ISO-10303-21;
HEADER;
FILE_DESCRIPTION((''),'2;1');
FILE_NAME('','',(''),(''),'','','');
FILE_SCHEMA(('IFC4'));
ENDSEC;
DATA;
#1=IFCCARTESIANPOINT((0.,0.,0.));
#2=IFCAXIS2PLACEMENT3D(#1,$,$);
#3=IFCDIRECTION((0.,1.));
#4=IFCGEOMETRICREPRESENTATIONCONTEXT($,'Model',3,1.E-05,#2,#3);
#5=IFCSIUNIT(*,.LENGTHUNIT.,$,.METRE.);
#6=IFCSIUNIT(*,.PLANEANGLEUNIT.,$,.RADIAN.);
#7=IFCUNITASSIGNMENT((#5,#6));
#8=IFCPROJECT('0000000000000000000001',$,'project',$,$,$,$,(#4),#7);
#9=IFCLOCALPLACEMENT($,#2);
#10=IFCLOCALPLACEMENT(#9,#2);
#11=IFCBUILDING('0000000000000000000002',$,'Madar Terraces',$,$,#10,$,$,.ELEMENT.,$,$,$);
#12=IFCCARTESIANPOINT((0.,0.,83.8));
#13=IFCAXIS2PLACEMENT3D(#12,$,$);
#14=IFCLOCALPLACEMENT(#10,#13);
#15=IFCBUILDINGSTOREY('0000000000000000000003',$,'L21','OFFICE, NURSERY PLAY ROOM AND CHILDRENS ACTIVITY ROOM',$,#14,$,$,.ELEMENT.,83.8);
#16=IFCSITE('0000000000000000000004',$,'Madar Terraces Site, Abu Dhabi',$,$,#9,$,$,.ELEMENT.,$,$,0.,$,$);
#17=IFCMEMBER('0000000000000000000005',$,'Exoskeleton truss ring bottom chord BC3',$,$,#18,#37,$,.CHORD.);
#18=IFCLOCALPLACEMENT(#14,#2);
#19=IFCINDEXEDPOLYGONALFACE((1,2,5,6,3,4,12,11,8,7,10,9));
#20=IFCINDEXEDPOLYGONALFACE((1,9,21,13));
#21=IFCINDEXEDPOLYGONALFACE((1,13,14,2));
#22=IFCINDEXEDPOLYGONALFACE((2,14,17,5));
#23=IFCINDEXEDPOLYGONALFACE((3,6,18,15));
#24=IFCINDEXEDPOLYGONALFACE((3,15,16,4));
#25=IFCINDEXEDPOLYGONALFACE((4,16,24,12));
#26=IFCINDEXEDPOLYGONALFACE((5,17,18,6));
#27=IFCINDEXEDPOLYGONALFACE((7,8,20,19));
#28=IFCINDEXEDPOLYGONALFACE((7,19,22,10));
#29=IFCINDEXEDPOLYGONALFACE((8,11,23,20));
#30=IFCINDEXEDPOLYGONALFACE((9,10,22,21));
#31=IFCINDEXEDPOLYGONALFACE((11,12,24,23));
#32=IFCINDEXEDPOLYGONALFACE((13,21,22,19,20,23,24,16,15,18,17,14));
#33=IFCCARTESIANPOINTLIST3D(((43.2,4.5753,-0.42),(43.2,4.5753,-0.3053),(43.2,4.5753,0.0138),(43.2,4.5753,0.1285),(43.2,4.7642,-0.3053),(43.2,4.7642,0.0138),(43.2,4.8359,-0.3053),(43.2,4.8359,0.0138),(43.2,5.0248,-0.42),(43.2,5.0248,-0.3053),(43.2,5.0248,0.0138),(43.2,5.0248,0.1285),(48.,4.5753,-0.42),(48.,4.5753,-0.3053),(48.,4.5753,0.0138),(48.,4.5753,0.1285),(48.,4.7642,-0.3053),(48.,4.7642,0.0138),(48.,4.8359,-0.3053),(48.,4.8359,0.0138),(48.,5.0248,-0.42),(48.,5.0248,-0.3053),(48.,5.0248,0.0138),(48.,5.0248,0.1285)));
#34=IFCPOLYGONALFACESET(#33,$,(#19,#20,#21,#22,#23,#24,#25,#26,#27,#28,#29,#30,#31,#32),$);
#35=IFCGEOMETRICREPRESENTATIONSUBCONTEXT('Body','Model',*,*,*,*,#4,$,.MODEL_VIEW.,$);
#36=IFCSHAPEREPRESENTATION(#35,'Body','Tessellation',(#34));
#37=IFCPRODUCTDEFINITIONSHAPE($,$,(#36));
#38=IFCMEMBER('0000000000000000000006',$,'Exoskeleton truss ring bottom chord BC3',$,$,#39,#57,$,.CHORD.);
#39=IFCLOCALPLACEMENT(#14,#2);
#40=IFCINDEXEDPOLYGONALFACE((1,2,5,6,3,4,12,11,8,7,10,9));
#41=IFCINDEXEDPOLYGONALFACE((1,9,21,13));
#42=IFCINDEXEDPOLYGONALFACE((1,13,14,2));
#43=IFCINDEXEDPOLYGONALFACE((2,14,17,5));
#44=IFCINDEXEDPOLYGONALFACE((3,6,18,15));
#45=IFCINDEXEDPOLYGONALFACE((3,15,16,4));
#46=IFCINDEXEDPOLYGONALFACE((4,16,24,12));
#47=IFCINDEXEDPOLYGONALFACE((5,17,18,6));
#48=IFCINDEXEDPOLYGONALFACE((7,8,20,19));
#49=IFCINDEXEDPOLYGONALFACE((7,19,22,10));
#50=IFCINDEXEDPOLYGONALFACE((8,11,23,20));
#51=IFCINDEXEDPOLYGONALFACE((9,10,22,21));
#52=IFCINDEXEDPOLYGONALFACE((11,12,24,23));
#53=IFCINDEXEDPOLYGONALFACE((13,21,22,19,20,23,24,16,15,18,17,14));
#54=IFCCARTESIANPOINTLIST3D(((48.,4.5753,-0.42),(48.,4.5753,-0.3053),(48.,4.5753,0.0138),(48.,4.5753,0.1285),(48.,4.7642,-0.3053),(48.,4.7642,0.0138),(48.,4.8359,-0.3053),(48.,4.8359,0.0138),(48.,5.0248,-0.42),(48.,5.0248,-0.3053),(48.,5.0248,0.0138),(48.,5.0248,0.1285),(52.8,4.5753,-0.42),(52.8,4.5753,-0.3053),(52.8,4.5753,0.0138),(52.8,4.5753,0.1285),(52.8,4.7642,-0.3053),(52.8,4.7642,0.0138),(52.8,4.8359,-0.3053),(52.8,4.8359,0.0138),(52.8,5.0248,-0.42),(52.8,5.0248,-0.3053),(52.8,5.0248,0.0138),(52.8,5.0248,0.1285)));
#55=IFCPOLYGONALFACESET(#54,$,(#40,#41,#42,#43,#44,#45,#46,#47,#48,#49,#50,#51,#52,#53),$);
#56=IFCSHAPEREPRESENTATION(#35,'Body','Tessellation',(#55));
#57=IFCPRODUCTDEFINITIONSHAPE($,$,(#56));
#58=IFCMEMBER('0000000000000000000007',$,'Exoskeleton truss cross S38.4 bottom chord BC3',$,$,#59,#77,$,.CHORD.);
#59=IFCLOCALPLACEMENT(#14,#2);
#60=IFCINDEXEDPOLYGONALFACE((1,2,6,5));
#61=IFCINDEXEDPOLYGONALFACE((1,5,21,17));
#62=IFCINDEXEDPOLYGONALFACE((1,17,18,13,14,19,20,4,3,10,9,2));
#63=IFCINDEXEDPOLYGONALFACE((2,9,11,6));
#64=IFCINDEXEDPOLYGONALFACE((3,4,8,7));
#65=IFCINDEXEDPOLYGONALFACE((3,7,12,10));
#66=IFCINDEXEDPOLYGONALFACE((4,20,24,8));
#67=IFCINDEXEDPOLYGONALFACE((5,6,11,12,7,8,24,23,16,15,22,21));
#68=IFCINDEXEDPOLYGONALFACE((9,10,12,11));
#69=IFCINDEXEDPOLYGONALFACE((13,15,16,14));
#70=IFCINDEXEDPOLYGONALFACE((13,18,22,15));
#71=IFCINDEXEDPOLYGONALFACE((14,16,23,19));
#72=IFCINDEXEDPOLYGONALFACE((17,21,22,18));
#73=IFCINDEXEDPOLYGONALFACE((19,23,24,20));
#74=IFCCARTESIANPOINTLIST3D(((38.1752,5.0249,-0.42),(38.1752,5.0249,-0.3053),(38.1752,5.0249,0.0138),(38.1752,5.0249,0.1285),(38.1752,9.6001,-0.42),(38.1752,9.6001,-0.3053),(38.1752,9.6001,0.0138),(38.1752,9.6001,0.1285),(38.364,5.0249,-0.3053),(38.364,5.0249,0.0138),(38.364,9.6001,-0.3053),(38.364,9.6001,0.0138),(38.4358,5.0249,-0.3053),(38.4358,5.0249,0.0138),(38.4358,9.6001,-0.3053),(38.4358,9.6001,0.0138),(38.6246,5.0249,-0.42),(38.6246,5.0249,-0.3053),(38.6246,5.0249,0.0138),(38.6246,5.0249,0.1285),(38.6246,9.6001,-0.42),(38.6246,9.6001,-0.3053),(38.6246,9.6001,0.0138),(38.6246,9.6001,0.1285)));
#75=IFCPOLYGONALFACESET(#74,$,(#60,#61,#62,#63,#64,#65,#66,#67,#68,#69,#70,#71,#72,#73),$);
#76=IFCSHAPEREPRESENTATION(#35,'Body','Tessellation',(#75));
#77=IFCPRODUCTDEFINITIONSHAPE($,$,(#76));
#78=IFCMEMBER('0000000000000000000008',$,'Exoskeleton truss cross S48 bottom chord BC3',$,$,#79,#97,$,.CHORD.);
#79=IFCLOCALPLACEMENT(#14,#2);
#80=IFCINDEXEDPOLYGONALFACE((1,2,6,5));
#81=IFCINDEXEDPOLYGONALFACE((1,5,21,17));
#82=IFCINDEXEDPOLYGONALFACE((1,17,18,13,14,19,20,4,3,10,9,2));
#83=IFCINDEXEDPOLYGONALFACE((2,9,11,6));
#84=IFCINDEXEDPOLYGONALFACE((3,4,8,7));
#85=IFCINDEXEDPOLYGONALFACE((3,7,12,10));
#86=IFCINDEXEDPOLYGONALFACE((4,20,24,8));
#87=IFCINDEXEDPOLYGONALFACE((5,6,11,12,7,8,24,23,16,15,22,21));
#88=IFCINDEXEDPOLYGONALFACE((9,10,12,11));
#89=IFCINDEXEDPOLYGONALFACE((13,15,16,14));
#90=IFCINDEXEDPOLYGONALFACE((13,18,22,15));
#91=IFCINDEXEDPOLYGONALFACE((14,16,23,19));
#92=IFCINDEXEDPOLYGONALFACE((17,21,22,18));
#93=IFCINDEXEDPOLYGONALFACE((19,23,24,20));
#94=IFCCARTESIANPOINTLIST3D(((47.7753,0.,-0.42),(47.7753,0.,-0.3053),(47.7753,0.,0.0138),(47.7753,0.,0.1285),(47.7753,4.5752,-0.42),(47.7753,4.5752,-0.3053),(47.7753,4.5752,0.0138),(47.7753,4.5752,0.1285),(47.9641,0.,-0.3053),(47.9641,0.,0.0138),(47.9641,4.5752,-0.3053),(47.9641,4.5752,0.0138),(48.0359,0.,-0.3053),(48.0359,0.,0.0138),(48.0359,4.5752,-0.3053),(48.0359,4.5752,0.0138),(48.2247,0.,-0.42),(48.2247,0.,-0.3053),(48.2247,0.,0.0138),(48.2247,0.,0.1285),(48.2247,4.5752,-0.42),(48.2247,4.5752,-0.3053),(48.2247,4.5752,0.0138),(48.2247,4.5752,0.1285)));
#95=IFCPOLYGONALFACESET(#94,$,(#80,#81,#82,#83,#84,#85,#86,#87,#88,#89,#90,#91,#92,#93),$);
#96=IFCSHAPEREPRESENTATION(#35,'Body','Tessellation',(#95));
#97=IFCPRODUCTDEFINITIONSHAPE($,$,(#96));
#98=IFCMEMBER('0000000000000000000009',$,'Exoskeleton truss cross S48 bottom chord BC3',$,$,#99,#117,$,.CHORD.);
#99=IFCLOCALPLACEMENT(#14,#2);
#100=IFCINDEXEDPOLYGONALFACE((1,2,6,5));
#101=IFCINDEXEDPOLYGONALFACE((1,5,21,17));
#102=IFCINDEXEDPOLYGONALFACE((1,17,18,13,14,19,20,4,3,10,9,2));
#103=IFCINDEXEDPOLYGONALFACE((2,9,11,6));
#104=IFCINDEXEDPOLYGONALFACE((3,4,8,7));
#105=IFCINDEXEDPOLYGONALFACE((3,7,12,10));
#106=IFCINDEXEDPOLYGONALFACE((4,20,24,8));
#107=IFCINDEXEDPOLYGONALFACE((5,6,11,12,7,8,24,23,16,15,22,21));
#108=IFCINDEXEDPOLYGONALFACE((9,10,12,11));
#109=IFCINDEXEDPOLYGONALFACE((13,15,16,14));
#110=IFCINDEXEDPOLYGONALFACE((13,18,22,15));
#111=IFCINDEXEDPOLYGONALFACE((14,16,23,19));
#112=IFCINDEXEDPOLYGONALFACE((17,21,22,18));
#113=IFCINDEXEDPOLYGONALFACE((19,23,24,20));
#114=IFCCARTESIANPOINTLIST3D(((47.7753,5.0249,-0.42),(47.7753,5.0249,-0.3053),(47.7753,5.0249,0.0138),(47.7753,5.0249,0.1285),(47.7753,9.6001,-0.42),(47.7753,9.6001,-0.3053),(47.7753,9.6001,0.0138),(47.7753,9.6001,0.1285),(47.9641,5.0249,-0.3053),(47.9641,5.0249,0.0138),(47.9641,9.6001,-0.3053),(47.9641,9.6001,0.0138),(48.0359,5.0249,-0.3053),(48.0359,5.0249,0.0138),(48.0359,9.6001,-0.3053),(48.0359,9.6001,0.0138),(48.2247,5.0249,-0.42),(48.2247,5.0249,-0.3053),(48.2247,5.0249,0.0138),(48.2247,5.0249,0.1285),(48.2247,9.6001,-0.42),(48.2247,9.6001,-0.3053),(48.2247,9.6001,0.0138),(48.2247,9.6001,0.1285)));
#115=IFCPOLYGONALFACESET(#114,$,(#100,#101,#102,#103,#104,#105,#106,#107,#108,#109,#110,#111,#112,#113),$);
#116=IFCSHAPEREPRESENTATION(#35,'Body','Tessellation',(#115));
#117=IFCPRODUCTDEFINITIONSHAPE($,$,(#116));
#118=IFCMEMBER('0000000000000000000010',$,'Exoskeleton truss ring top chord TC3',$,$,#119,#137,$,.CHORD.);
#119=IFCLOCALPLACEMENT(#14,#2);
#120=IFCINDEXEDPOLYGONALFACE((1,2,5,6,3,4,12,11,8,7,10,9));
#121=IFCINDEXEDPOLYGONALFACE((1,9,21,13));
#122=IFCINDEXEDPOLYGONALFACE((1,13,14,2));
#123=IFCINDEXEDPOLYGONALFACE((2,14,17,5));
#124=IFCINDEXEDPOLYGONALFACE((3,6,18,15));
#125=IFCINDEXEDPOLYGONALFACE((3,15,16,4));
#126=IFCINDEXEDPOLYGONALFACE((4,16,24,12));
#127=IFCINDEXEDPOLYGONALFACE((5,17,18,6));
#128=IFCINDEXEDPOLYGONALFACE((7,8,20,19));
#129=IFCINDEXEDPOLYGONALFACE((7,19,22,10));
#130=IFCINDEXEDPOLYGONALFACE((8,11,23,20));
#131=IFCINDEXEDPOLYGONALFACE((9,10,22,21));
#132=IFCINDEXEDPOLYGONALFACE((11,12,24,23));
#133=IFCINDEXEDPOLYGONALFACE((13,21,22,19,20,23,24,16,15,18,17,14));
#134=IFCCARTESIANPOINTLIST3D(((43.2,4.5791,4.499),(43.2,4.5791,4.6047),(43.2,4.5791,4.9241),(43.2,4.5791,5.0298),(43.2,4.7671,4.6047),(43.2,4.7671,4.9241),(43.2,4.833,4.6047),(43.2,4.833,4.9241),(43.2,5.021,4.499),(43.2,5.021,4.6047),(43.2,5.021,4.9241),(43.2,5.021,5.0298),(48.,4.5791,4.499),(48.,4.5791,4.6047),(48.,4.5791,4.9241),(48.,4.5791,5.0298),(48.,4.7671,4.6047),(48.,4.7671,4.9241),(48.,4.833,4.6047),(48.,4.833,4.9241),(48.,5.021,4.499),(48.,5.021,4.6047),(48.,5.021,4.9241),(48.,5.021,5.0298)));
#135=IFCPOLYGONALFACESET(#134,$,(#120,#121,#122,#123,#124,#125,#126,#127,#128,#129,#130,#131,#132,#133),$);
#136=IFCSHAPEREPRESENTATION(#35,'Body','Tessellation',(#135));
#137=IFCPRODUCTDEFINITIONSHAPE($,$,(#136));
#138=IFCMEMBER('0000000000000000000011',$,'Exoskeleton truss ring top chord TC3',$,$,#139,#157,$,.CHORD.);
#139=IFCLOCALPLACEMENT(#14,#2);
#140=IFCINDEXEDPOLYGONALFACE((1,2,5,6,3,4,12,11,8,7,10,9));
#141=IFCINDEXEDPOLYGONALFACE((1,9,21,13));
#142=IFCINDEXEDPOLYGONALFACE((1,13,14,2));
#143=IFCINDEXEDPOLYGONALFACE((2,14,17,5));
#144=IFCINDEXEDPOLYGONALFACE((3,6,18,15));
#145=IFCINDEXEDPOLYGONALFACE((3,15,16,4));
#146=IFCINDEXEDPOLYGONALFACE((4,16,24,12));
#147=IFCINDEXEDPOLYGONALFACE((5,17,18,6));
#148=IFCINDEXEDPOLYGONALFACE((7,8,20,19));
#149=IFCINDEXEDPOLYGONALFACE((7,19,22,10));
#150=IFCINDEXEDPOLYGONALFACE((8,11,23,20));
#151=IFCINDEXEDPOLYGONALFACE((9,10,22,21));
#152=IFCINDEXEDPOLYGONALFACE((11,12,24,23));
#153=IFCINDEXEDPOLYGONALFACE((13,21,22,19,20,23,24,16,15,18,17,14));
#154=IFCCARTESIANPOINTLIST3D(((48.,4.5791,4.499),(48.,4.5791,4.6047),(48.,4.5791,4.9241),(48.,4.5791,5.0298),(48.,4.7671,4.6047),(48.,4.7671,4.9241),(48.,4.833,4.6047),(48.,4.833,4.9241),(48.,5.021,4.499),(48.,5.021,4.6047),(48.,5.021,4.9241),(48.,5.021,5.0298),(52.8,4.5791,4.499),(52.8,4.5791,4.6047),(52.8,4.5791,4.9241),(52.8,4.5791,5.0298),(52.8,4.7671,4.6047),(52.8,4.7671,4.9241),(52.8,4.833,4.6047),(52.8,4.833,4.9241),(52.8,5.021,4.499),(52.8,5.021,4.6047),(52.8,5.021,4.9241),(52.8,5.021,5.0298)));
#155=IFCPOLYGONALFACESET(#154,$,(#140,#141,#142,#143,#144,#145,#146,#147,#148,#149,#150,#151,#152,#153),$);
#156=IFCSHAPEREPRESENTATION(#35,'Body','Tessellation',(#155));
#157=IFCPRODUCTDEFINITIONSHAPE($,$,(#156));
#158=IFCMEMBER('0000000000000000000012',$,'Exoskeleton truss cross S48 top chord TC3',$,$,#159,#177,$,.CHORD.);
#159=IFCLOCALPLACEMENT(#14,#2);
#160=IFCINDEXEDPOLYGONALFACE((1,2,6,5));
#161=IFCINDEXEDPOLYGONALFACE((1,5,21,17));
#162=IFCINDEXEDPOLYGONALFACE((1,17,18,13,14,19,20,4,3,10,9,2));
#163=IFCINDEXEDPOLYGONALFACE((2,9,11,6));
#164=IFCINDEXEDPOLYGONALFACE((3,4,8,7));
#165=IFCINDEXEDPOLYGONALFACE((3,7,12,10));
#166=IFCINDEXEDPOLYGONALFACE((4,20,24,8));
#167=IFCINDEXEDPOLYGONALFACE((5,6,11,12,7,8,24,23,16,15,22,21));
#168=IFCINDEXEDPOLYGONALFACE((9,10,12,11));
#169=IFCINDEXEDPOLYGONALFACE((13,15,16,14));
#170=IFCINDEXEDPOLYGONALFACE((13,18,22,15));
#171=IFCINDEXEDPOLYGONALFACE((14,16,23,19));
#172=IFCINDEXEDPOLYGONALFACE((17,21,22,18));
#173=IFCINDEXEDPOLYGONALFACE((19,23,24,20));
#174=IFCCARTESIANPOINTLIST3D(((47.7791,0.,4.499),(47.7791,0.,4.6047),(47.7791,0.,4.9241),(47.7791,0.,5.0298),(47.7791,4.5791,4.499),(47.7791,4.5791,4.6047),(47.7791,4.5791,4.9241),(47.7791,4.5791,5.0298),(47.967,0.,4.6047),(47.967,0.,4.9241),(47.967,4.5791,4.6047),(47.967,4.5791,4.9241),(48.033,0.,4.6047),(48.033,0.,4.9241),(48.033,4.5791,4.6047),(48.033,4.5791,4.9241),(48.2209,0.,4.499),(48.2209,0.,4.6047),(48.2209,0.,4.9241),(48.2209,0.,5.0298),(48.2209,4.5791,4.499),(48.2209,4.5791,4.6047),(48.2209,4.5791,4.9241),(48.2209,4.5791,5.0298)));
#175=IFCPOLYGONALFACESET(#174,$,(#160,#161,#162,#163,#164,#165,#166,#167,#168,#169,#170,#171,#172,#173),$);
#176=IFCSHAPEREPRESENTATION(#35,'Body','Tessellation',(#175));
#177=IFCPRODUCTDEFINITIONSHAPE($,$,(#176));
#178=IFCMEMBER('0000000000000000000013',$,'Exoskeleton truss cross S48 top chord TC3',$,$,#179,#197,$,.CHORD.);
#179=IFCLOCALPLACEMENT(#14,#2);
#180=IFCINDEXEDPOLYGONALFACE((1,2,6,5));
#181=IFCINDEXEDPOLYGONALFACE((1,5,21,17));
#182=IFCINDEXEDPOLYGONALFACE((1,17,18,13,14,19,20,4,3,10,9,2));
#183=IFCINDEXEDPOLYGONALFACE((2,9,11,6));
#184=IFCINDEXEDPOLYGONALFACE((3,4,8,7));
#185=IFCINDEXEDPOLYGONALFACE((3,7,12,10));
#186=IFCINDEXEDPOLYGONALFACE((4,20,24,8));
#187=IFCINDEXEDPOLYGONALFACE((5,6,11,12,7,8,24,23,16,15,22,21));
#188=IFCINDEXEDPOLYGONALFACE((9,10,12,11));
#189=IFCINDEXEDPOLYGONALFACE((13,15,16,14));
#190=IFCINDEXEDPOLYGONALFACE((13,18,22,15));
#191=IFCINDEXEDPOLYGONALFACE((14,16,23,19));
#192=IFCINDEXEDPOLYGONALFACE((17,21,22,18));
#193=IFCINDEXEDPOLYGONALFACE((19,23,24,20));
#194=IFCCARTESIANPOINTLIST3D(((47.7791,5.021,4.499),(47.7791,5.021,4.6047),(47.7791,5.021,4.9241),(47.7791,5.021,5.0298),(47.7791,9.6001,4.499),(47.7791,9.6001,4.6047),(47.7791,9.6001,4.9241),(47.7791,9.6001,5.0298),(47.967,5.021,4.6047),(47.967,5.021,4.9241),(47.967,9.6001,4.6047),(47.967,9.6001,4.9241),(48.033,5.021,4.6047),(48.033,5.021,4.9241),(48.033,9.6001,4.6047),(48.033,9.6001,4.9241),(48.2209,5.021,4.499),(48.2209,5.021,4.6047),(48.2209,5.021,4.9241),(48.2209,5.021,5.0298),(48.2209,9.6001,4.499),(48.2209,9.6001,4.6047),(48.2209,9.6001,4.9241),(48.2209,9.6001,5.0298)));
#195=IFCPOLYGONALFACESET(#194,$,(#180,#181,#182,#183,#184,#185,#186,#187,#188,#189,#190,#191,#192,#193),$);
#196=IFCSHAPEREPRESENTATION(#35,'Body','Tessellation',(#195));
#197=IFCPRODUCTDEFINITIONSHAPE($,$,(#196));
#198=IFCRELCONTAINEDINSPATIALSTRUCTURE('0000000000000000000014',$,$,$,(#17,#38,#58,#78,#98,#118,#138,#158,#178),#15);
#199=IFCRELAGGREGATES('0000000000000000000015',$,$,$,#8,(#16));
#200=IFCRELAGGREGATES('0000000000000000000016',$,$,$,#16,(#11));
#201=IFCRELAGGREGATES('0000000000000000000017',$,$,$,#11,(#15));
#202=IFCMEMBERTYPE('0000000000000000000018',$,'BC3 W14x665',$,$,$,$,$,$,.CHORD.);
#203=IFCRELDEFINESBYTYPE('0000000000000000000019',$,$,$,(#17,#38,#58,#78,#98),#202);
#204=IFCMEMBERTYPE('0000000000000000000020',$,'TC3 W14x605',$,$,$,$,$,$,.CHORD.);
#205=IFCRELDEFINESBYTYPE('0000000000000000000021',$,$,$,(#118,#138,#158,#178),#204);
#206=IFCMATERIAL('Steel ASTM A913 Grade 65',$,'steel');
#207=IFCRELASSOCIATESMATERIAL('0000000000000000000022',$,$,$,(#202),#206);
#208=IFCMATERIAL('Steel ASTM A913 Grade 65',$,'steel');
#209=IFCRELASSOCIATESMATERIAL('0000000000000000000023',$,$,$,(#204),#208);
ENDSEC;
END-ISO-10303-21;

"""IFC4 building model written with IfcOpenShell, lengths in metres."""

from ifc_helpers import new_model, si_unit, direction, frame, origin, origin_2d, place, context, subcontext, project, spatial, i_section, extrude, material, material_profile, profile_set, type_object, element, save


model = new_model("IFC4")

# Units and contexts
model_context = context("Model", 3, precision=1e-05, world=origin(), true_north=direction((0.0, 1.0)))
body_context = subcontext(model_context, "Body", "Model", "MODEL_VIEW")
ifc_project = project(units=[si_unit("LENGTHUNIT", "METRE"), si_unit("PLANEANGLEUNIT", "RADIAN")], contexts=[model_context])

# Site, building, storey
site_placement = place(None, origin())
site = spatial("IfcSite", under=ifc_project, at=site_placement, Name="Madar Terraces Site, Abu Dhabi", CompositionType="ELEMENT", RefElevation=0.0)
building_placement = place(site_placement, origin())
building = spatial("IfcBuilding", under=site, at=building_placement, Name="Madar Terraces", CompositionType="ELEMENT")
storey_placement = place(building_placement, frame((0.0, 0.0, 83.8)))
storey = spatial("IfcBuildingStorey", under=building, at=storey_placement, Name="L21", Description="OFFICE, NURSERY PLAY ROOM AND CHILDRENS ACTIVITY ROOM", CompositionType="ELEMENT", Elevation=83.8)

# Members
ifc_material_1 = material(Name="Steel ASTM A913 Grade 65", Category="steel")
ifc_material_profile_1 = material_profile(ifc_material_1, i_section(OverallWidth=0.4495, OverallDepth=0.5486, WebThickness=0.0718, FlangeThickness=0.1147, at=origin_2d()), Name="W14x665")
ifc_profile_set_1 = profile_set([ifc_material_profile_1], Name="Steel ASTM A913 Grade 65")
member_type_1 = type_object("IfcMemberType", Name="BC3 W14x665", PredefinedType="CHORD", material=ifc_profile_set_1)
for number, where, z_axis, x_axis, name in (
    (1, (43.2, 4.8, -0.1458), (1.0, 0.0, 0.0), (0.0, 1.0, 0.0), "Exoskeleton truss ring bottom chord BC3"),
    (2, (48.0, 4.8, -0.1458), (1.0, 0.0, 0.0), (0.0, 1.0, 0.0), "Exoskeleton truss ring bottom chord BC3"),
):
    element("IfcMember", number, at=place(storey_placement, frame(where, z_axis=z_axis, x_axis=x_axis)), inside=storey, type_object=member_type_1, Name=name, PredefinedType="CHORD", context=body_context, shape_type="SweptSolid", body=[
        extrude(i_section(OverallWidth=0.4495, OverallDepth=0.5486, WebThickness=0.0718, FlangeThickness=0.1147, at=origin_2d()), origin(), (0.0, 0.0, 1.0), 4.8),
    ])
for number, where, z_axis, x_axis, name in (
    (3, (38.3999, 5.0249, -0.1458), (0.0, 1.0, 0.0), (-1.0, 0.0, 0.0), "Exoskeleton truss cross S38.4 bottom chord BC3"),
    (4, (48.0, 0.0, -0.1458), (0.0, 1.0, 0.0), (-1.0, 0.0, 0.0), "Exoskeleton truss cross S48 bottom chord BC3"),
    (5, (48.0, 5.0249, -0.1458), (0.0, 1.0, 0.0), (-1.0, 0.0, 0.0), "Exoskeleton truss cross S48 bottom chord BC3"),
):
    element("IfcMember", number, at=place(storey_placement, frame(where, z_axis=z_axis, x_axis=x_axis)), inside=storey, type_object=member_type_1, Name=name, PredefinedType="CHORD", context=body_context, shape_type="SweptSolid", body=[
        extrude(i_section(OverallWidth=0.4495, OverallDepth=0.5486, WebThickness=0.0718, FlangeThickness=0.1147, at=origin_2d()), origin(), (0.0, 0.0, 1.0), 4.5752),
    ])
ifc_material_2 = material(Name="Steel ASTM A913 Grade 65", Category="steel")
ifc_material_profile_2 = material_profile(ifc_material_2, i_section(OverallWidth=0.4419, OverallDepth=0.5308, WebThickness=0.0659, FlangeThickness=0.1057, at=origin_2d()), Name="W14x605")
ifc_profile_set_2 = profile_set([ifc_material_profile_2], Name="Steel ASTM A913 Grade 65")
member_type_2 = type_object("IfcMemberType", Name="TC3 W14x605", PredefinedType="CHORD", material=ifc_profile_set_2)
for number, where, z_axis, x_axis, name in (
    (6, (43.2, 4.8, 4.7644), (1.0, 0.0, 0.0), (0.0, 1.0, 0.0), "Exoskeleton truss ring top chord TC3"),
    (7, (48.0, 4.8, 4.7644), (1.0, 0.0, 0.0), (0.0, 1.0, 0.0), "Exoskeleton truss ring top chord TC3"),
):
    element("IfcMember", number, at=place(storey_placement, frame(where, z_axis=z_axis, x_axis=x_axis)), inside=storey, type_object=member_type_2, Name=name, PredefinedType="CHORD", context=body_context, shape_type="SweptSolid", body=[
        extrude(i_section(OverallWidth=0.4419, OverallDepth=0.5308, WebThickness=0.0659, FlangeThickness=0.1057, at=origin_2d()), origin(), (0.0, 0.0, 1.0), 4.8),
    ])
for number, where, z_axis, x_axis, name in (
    (8, (48.0, 0.0, 4.7644), (0.0, 1.0, 0.0), (-1.0, 0.0, 0.0), "Exoskeleton truss cross S48 top chord TC3"),
    (9, (48.0, 5.021, 4.7644), (0.0, 1.0, 0.0), (-1.0, 0.0, 0.0), "Exoskeleton truss cross S48 top chord TC3"),
):
    element("IfcMember", number, at=place(storey_placement, frame(where, z_axis=z_axis, x_axis=x_axis)), inside=storey, type_object=member_type_2, Name=name, PredefinedType="CHORD", context=body_context, shape_type="SweptSolid", body=[
        extrude(i_section(OverallWidth=0.4419, OverallDepth=0.5308, WebThickness=0.0659, FlangeThickness=0.1057, at=origin_2d()), origin(), (0.0, 0.0, 1.0), 4.5791),
    ])

save(model, "model.ifc")
